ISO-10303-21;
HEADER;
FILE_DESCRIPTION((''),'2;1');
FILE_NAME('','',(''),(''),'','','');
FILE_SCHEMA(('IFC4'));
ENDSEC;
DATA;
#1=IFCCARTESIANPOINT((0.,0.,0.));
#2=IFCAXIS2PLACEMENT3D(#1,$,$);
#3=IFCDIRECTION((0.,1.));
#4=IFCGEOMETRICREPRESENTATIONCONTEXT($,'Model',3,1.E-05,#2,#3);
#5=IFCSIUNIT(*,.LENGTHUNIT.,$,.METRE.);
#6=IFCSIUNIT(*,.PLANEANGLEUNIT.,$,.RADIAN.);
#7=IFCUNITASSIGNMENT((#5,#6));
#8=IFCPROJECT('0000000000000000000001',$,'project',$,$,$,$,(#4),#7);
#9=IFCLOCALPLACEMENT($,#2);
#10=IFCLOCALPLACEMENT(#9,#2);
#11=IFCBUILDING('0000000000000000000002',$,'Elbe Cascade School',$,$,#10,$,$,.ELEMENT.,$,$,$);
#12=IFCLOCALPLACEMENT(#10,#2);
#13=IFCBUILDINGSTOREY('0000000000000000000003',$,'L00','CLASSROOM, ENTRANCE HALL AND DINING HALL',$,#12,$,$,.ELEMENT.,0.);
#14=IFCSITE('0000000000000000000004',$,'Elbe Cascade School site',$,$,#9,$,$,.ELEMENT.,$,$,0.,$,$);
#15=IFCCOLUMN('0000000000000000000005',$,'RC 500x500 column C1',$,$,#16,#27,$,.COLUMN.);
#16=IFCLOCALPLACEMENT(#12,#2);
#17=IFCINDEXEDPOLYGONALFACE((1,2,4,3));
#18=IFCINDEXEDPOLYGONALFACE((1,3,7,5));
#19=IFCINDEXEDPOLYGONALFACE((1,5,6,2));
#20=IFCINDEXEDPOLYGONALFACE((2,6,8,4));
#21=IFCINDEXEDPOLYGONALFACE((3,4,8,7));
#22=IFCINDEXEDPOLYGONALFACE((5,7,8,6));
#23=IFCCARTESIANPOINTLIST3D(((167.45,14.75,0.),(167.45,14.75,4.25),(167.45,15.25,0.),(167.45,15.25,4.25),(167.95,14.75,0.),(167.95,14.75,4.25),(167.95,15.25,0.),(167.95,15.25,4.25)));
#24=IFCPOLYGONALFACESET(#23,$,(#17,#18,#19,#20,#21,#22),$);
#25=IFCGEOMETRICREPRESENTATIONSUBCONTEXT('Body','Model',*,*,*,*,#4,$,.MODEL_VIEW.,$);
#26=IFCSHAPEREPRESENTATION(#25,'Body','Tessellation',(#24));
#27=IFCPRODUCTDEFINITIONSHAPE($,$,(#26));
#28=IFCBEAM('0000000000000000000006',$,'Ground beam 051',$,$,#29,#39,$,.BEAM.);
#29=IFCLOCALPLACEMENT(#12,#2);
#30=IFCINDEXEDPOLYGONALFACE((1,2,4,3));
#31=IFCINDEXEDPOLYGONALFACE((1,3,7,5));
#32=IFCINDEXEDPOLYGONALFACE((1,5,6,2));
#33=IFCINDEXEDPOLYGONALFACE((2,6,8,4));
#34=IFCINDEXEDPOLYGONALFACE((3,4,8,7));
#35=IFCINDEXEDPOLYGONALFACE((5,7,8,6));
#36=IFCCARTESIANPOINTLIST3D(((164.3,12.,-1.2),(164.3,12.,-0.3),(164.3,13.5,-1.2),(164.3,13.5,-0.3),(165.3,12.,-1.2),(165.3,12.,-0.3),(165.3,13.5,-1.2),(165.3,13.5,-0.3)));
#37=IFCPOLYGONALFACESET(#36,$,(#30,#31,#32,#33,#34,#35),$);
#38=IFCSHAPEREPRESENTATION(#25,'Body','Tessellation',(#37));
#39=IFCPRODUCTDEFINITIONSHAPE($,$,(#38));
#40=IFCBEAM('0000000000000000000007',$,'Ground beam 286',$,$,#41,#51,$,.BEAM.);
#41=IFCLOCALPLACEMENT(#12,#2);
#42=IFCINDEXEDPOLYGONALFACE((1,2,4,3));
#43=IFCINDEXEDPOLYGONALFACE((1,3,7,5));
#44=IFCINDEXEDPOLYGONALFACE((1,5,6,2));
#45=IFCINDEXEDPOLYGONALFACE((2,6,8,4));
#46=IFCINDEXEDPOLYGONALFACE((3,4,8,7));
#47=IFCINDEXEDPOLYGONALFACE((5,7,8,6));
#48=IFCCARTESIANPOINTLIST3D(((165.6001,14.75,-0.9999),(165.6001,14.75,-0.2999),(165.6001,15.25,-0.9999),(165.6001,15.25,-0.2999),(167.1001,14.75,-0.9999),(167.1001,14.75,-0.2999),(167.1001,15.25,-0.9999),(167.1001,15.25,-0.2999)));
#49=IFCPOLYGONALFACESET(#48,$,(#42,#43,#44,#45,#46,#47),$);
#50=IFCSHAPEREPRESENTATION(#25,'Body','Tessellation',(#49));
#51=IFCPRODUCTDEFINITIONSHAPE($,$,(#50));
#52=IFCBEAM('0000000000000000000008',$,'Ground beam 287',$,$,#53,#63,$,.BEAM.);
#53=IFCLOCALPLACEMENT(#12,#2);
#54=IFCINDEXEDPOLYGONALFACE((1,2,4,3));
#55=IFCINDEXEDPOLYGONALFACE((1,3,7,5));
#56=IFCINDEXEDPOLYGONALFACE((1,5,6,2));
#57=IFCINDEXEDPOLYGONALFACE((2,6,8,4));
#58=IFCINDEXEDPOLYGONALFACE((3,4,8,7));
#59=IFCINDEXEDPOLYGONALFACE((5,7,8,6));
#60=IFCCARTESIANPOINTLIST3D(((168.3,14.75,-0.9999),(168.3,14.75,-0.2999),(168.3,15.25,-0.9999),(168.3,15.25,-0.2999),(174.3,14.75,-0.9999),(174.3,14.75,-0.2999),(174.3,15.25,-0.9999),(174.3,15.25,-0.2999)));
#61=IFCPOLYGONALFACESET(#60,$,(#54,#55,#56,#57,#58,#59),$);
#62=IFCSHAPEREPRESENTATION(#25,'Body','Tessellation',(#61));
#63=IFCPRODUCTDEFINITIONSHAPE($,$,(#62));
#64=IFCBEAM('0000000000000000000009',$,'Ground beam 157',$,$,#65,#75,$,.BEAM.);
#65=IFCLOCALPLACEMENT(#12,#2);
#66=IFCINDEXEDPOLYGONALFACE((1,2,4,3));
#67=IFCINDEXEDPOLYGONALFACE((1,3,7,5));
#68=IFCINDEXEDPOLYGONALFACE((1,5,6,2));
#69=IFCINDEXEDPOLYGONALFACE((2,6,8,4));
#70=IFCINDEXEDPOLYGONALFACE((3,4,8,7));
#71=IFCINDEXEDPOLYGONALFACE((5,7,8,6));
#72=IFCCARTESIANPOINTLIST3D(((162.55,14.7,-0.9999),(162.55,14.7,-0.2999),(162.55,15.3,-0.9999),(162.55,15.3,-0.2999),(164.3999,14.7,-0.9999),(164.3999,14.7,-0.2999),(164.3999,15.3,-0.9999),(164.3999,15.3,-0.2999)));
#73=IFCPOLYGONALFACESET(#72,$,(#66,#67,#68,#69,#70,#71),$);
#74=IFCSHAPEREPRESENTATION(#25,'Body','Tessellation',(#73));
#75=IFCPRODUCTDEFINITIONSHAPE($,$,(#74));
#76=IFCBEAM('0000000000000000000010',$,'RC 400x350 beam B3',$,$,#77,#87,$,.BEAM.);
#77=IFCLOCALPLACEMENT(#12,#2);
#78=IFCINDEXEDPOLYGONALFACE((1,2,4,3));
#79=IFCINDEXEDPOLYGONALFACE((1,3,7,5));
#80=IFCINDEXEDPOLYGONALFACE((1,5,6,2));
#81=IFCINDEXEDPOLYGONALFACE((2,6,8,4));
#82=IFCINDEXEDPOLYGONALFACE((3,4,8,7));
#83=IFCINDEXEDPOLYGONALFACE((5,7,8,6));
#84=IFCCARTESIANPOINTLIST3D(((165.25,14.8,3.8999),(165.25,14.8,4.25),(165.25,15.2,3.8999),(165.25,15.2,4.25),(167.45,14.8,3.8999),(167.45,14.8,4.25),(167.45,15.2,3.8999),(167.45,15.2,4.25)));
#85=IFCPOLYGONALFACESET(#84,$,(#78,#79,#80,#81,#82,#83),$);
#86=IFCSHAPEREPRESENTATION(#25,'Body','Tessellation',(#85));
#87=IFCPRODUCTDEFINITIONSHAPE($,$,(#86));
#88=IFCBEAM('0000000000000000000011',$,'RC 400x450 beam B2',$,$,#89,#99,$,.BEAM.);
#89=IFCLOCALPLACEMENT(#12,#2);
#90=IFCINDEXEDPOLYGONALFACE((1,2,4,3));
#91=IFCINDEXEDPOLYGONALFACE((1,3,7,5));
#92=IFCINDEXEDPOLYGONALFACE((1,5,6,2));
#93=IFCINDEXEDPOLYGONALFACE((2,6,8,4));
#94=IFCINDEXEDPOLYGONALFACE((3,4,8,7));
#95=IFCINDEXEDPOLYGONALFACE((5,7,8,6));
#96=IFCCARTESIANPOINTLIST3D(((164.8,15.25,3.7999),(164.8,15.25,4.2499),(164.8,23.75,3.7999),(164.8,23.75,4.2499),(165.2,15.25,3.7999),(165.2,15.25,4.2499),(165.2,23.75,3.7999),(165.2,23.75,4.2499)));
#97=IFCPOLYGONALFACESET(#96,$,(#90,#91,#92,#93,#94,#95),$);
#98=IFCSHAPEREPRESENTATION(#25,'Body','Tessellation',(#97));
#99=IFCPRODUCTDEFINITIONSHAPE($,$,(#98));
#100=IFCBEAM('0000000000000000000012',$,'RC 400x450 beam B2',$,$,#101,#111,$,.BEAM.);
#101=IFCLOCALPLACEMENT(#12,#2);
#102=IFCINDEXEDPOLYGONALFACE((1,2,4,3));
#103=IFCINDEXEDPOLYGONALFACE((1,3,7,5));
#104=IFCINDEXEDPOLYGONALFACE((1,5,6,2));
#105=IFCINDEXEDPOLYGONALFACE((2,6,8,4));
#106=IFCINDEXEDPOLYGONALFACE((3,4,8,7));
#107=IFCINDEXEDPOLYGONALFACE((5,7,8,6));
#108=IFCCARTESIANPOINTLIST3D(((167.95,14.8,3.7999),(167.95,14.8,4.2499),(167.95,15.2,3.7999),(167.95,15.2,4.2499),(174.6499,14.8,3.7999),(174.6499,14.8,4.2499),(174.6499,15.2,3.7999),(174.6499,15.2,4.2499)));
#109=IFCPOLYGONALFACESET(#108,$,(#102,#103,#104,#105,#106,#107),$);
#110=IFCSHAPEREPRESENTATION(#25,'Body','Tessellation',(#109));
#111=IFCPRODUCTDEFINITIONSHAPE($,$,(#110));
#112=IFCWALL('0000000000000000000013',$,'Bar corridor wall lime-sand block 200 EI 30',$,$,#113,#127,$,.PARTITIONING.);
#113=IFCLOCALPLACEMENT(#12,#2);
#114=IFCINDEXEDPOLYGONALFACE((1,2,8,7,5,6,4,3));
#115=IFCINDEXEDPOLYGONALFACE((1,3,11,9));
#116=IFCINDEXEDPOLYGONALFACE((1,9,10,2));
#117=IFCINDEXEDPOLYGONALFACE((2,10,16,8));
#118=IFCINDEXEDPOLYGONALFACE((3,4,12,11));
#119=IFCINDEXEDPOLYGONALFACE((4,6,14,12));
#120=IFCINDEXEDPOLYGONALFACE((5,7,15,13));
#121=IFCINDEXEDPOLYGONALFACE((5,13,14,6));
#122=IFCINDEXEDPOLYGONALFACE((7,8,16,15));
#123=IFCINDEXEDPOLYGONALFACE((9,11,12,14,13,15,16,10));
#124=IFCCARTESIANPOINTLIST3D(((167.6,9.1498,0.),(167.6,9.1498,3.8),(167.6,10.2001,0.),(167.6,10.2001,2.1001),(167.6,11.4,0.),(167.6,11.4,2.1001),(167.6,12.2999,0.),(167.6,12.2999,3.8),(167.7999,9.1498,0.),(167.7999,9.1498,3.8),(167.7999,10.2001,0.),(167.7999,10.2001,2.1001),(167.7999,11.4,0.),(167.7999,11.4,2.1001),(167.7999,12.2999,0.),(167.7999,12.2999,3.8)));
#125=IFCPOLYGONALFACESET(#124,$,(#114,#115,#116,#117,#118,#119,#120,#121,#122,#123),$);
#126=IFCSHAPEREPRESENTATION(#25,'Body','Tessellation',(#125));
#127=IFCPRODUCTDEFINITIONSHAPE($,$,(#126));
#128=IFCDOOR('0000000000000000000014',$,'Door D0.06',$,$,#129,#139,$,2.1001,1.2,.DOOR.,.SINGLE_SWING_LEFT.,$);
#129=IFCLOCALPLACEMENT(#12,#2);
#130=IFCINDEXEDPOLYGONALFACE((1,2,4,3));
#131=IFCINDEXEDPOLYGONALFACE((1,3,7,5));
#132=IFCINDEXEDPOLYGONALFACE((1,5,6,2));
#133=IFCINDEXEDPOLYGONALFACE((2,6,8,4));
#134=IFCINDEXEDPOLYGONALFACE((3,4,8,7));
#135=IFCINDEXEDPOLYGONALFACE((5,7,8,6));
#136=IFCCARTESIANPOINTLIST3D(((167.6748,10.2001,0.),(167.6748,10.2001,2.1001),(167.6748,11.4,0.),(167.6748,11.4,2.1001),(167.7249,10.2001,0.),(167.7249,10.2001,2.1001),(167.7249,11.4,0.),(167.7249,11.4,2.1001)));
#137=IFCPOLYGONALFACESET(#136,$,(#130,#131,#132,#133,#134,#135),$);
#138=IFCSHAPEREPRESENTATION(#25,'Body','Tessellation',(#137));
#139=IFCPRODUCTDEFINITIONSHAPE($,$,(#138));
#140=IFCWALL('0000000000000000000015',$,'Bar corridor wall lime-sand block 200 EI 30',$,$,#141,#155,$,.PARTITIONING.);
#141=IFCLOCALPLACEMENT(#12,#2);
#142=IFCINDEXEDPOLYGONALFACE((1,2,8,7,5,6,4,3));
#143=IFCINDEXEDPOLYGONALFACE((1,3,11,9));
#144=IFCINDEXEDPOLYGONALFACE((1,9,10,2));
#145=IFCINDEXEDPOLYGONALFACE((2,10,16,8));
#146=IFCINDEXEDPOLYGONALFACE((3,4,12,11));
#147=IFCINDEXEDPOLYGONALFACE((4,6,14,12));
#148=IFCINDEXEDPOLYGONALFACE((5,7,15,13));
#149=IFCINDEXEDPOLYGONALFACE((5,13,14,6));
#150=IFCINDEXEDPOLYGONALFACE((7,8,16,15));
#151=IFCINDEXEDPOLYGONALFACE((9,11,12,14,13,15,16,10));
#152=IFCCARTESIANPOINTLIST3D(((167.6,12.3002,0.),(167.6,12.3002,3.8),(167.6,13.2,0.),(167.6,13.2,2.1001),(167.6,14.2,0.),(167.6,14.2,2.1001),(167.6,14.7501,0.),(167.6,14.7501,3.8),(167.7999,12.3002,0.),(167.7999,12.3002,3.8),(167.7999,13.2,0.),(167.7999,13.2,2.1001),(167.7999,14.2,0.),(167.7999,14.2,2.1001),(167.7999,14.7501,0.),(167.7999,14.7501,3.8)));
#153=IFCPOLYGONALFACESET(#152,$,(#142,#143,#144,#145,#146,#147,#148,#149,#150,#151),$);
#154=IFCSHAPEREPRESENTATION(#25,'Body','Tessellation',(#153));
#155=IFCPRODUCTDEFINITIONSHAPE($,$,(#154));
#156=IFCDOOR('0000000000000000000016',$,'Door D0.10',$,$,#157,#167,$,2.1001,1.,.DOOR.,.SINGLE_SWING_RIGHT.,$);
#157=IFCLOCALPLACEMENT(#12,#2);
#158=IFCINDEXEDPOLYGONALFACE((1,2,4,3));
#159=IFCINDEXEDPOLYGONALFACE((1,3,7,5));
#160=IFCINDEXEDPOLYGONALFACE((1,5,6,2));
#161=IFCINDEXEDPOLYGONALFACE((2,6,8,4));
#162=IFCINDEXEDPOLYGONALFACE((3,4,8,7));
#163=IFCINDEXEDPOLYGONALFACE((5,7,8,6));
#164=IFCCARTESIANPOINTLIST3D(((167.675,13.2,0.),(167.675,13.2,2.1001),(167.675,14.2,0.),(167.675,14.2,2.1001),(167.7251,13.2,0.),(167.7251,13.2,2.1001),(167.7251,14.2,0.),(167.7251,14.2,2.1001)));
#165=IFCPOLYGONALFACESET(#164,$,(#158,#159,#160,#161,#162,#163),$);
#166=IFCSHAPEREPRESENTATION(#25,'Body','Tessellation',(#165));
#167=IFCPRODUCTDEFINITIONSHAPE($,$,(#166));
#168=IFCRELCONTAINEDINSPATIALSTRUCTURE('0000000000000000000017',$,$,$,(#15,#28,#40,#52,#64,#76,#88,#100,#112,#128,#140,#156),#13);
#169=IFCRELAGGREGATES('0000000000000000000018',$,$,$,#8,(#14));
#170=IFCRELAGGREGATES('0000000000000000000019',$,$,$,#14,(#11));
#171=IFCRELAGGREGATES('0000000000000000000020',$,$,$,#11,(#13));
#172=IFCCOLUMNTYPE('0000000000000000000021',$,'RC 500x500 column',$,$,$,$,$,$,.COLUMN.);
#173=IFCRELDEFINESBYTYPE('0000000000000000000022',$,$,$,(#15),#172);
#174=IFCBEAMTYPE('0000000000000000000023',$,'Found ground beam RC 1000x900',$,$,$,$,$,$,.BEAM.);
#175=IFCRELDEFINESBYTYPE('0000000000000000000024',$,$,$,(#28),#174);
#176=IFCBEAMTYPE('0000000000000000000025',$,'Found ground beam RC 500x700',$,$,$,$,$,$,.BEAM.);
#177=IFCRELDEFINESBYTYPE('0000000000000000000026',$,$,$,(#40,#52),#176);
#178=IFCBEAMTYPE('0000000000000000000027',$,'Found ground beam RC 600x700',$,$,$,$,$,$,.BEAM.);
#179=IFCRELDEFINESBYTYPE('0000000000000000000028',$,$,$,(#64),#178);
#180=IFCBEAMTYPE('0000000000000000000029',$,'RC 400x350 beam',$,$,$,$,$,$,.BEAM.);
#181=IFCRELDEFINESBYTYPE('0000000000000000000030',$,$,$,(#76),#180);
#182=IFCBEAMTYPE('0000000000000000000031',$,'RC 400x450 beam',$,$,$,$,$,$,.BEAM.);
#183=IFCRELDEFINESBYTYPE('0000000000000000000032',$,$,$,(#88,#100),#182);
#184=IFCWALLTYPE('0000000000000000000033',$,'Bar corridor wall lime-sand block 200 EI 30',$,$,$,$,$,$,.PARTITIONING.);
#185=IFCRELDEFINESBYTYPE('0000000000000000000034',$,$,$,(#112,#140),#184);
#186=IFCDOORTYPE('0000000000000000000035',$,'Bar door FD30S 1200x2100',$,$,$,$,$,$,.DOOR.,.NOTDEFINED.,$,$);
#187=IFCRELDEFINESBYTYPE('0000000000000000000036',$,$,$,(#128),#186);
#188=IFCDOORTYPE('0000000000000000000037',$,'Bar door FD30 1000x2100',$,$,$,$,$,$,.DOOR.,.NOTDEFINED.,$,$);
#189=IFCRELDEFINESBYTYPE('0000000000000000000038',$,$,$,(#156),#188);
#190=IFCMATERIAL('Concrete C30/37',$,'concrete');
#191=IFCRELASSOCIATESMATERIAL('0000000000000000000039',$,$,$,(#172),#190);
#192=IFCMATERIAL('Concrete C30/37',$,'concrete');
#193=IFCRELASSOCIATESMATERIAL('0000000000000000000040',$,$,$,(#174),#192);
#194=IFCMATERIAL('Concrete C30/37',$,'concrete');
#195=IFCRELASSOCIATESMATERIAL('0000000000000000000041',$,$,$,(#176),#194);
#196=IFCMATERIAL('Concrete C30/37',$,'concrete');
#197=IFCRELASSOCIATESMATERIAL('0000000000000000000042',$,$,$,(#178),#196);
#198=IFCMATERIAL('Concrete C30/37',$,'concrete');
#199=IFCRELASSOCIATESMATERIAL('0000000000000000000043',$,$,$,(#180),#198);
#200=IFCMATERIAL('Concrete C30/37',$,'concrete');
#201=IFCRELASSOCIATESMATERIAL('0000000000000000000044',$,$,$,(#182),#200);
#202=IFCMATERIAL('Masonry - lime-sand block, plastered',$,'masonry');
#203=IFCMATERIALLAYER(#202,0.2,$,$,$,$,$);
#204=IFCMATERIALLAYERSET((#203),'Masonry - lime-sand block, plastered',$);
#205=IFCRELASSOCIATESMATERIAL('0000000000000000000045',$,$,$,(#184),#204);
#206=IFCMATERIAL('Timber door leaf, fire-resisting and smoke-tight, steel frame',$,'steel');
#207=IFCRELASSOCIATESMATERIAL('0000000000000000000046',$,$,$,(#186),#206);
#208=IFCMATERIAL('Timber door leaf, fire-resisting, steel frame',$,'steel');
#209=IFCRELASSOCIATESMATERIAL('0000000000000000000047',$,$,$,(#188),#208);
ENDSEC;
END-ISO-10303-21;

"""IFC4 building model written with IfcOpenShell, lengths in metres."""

from ifc_helpers import new_model, si_unit, direction, frame, frame_2d, origin, origin_2d, place, context, subcontext, project, spatial, rectangle, extrude, material, layer, layer_set, material_profile, profile_set, type_object, element, fill, save


model = new_model("IFC4")

# Units and contexts
model_context = context("Model", 3, precision=1e-05, world=origin(), true_north=direction((0.0, 1.0)))
body_context = subcontext(model_context, "Body", "Model", "MODEL_VIEW")
ifc_project = project(units=[si_unit("LENGTHUNIT", "METRE"), si_unit("PLANEANGLEUNIT", "RADIAN")], contexts=[model_context])

# Site, building, storey
site_placement = place(None, origin())
site = spatial("IfcSite", under=ifc_project, at=site_placement, Name="Elbe Cascade School site", CompositionType="ELEMENT", RefElevation=0.0)
building_placement = place(site_placement, origin())
building = spatial("IfcBuilding", under=site, at=building_placement, Name="Elbe Cascade School", CompositionType="ELEMENT")
storey_placement = place(building_placement, origin())
storey = spatial("IfcBuildingStorey", under=building, at=storey_placement, Name="L00", Description="CLASSROOM, ENTRANCE HALL AND DINING HALL", CompositionType="ELEMENT", Elevation=0.0)

# Column
ifc_material_1 = material(Name="Concrete C30/37", Category="concrete")
ifc_material_profile_1 = material_profile(ifc_material_1, rectangle(XDim=0.5, YDim=0.5, at=origin_2d()), Name="RC 500x500")
ifc_profile_set_1 = profile_set([ifc_material_profile_1], Name="Concrete C30/37")
column_type = type_object("IfcColumnType", Name="RC 500x500 column", PredefinedType="COLUMN", material=ifc_profile_set_1)
for number, where, z_axis, x_axis, name in (
    (1, (167.7, 15.0, 0.0), (0.0, 0.0, 1.0), (1.0, 0.0, 0.0), "RC 500x500 column C1"),
):
    element("IfcColumn", number, at=place(storey_placement, frame(where, z_axis=z_axis, x_axis=x_axis)), inside=storey, type_object=column_type, Name=name, PredefinedType="COLUMN", context=body_context, shape_type="SweptSolid", body=[
        extrude(rectangle(XDim=0.5, YDim=0.5, at=origin_2d()), origin(), (0.0, 0.0, 1.0), 4.25),
    ])

# Beams
ifc_material_2 = material(Name="Concrete C30/37", Category="concrete")
ifc_material_profile_2 = material_profile(ifc_material_2, rectangle(XDim=1.0, YDim=0.8999, at=origin_2d()), Name="RC 1000x900")
ifc_profile_set_2 = profile_set([ifc_material_profile_2], Name="Concrete C30/37")
beam_type_1 = type_object("IfcBeamType", Name="Found ground beam RC 1000x900", PredefinedType="BEAM", material=ifc_profile_set_2)
beam_1_placement = place(storey_placement, frame((164.8, 12.0, -0.75), z_axis=(0.0, 1.0, 0.0), x_axis=(-1.0, 0.0, 0.0)))
element("IfcBeam", 2, at=beam_1_placement, inside=storey, type_object=beam_type_1, Name="Ground beam 051", PredefinedType="BEAM", context=body_context, shape_type="SweptSolid", body=[
    extrude(rectangle(XDim=1.0, YDim=0.8999, at=origin_2d()), origin(), (0.0, 0.0, 1.0), 1.5),
])
ifc_material_3 = material(Name="Concrete C30/37", Category="concrete")
ifc_material_profile_3 = material_profile(ifc_material_3, rectangle(XDim=0.5, YDim=0.7, at=origin_2d()), Name="RC 500x700")
ifc_profile_set_3 = profile_set([ifc_material_profile_3], Name="Concrete C30/37")
beam_type_2 = type_object("IfcBeamType", Name="Found ground beam RC 500x700", PredefinedType="BEAM", material=ifc_profile_set_3)
beam_2_placement = place(storey_placement, frame((165.6001, 15.0, -0.6499), z_axis=(1.0, 0.0, 0.0), x_axis=(0.0, 1.0, 0.0)))
element("IfcBeam", 3, at=beam_2_placement, inside=storey, type_object=beam_type_2, Name="Ground beam 286", PredefinedType="BEAM", context=body_context, shape_type="SweptSolid", body=[
    extrude(rectangle(XDim=0.5, YDim=0.7, at=origin_2d()), origin(), (0.0, 0.0, 1.0), 1.5),
])
beam_3_placement = place(storey_placement, frame((168.3, 15.0, -0.6499), z_axis=(1.0, 0.0, 0.0), x_axis=(0.0, 1.0, 0.0)))
element("IfcBeam", 4, at=beam_3_placement, inside=storey, type_object=beam_type_2, Name="Ground beam 287", PredefinedType="BEAM", context=body_context, shape_type="SweptSolid", body=[
    extrude(rectangle(XDim=0.5, YDim=0.7, at=origin_2d()), origin(), (0.0, 0.0, 1.0), 6.0),
])
ifc_material_4 = material(Name="Concrete C30/37", Category="concrete")
ifc_material_profile_4 = material_profile(ifc_material_4, rectangle(XDim=0.6001, YDim=0.7, at=origin_2d()), Name="RC 600x700")
ifc_profile_set_4 = profile_set([ifc_material_profile_4], Name="Concrete C30/37")
beam_type_3 = type_object("IfcBeamType", Name="Found ground beam RC 600x700", PredefinedType="BEAM", material=ifc_profile_set_4)
beam_4_placement = place(storey_placement, frame((162.55, 15.0, -0.6499), z_axis=(1.0, 0.0, 0.0), x_axis=(0.0, 1.0, 0.0)))
element("IfcBeam", 5, at=beam_4_placement, inside=storey, type_object=beam_type_3, Name="Ground beam 157", PredefinedType="BEAM", context=body_context, shape_type="SweptSolid", body=[
    extrude(rectangle(XDim=0.6001, YDim=0.7, at=origin_2d()), origin(), (0.0, 0.0, 1.0), 1.8499),
])
ifc_material_5 = material(Name="Concrete C30/37", Category="concrete")
ifc_material_profile_5 = material_profile(ifc_material_5, rectangle(XDim=0.3999, YDim=0.3501, at=origin_2d()), Name="RC 400x350")
ifc_profile_set_5 = profile_set([ifc_material_profile_5], Name="Concrete C30/37")
beam_type_4 = type_object("IfcBeamType", Name="RC 400x350 beam", PredefinedType="BEAM", material=ifc_profile_set_5)
beam_5_placement = place(storey_placement, frame((165.25, 15.0, 4.075), z_axis=(1.0, 0.0, 0.0), x_axis=(0.0, 1.0, 0.0)))
element("IfcBeam", 6, at=beam_5_placement, inside=storey, type_object=beam_type_4, Name="RC 400x350 beam B3", PredefinedType="BEAM", context=body_context, shape_type="SweptSolid", body=[
    extrude(rectangle(XDim=0.3999, YDim=0.3501, at=origin_2d()), origin(), (0.0, 0.0, 1.0), 2.2),
])
ifc_material_6 = material(Name="Concrete C30/37", Category="concrete")
ifc_material_profile_6 = material_profile(ifc_material_6, rectangle(XDim=0.3999, YDim=0.45, at=origin_2d()), Name="RC 400x450")
ifc_profile_set_6 = profile_set([ifc_material_profile_6], Name="Concrete C30/37")
beam_type_5 = type_object("IfcBeamType", Name="RC 400x450 beam", PredefinedType="BEAM", material=ifc_profile_set_6)
beam_6_placement = place(storey_placement, frame((165.0, 15.25, 4.0249), z_axis=(0.0, 1.0, 0.0), x_axis=(-1.0, 0.0, 0.0)))
element("IfcBeam", 7, at=beam_6_placement, inside=storey, type_object=beam_type_5, Name="RC 400x450 beam B2", PredefinedType="BEAM", context=body_context, shape_type="SweptSolid", body=[
    extrude(rectangle(XDim=0.3999, YDim=0.45, at=origin_2d()), origin(), (0.0, 0.0, 1.0), 8.5),
])
beam_7_placement = place(storey_placement, frame((167.95, 15.0, 4.0249), z_axis=(1.0, 0.0, 0.0), x_axis=(0.0, 1.0, 0.0)))
element("IfcBeam", 8, at=beam_7_placement, inside=storey, type_object=beam_type_5, Name="RC 400x450 beam B2", PredefinedType="BEAM", context=body_context, shape_type="SweptSolid", body=[
    extrude(rectangle(XDim=0.3999, YDim=0.45, at=origin_2d()), origin(), (0.0, 0.0, 1.0), 6.7),
])

# Walls, openings, doors
ifc_material_7 = material(Name="Masonry - lime-sand block, plastered", Category="masonry")
ifc_layer_1 = layer(ifc_material_7, 0.2)
ifc_layer_set_1 = layer_set([ifc_layer_1], Name="Masonry - lime-sand block, plastered")
wall_type_1 = type_object("IfcWallType", Name="Bar corridor wall lime-sand block 200 EI 30", PredefinedType="PARTITIONING", material=ifc_layer_set_1)
wall_1_placement = place(storey_placement, frame((167.7, 12.3, 0.0), z_axis=(0.0, 0.0, 1.0), x_axis=(0.0, -1.0, 0.0)))
wall_1 = element("IfcWall", 9, at=wall_1_placement, inside=storey, type_object=wall_type_1, Name="Bar corridor wall lime-sand block 200 EI 30", PredefinedType="PARTITIONING", context=body_context, shape_type="SweptSolid", body=[
    extrude(rectangle(XDim=3.1501, YDim=0.2, at=frame_2d((1.5752, 0.0))), origin(), (0.0, 0.0, 1.0), 3.8),
])
opening_1_placement = place(wall_1_placement, frame((0.8999, 0.0, 0.0)))
opening_1 = element("IfcOpeningElement", 10, at=opening_1_placement, cuts=wall_1, PredefinedType="OPENING", context=body_context, shape_type="SweptSolid", body=[
    extrude(rectangle(XDim=1.2, YDim=2.1001, at=frame_2d((0.6001, 1.05))), frame((0.0, 0.1099, 0.0), z_axis=(0.0, -1.0, 0.0), x_axis=(1.0, 0.0, 0.0)), (0.0, 0.0, 1.0), 0.22),
])
ifc_material_8 = material(Name="Timber door leaf, fire-resisting and smoke-tight, steel frame", Category="steel")
door_type_1 = type_object("IfcDoorType", Name="Bar door FD30S 1200x2100", OperationType="NOTDEFINED", PredefinedType="DOOR", material=ifc_material_8)
door_1_placement = place(opening_1_placement, origin())
door_1 = element("IfcDoor", 11, at=door_1_placement, inside=storey, type_object=door_type_1, Name="Door D0.06", OperationType="SINGLE_SWING_LEFT", OverallHeight=2.1001, OverallWidth=1.2, PredefinedType="DOOR", context=body_context, shape_type="SweptSolid", body=[
    extrude(rectangle(XDim=1.2, YDim=2.1001, at=frame_2d((0.6001, 1.05))), frame((0.0, 0.0249, 0.0), z_axis=(0.0, -1.0, 0.0), x_axis=(1.0, 0.0, 0.0)), (0.0, 0.0, 1.0), 0.05),
])
fill(opening_1, door_1)
wall_2_placement = place(storey_placement, frame((167.7, 12.3, 0.0), z_axis=(0.0, 0.0, 1.0), x_axis=(0.0, 1.0, 0.0)))
wall_2 = element("IfcWall", 12, at=wall_2_placement, inside=storey, type_object=wall_type_1, Name="Bar corridor wall lime-sand block 200 EI 30", PredefinedType="PARTITIONING", context=body_context, shape_type="SweptSolid", body=[
    extrude(rectangle(XDim=2.45, YDim=0.2, at=frame_2d((1.2251, 0.0))), origin(), (0.0, 0.0, 1.0), 3.8),
])
opening_2_placement = place(wall_2_placement, frame((0.8999, 0.0, 0.0)))
opening_2 = element("IfcOpeningElement", 13, at=opening_2_placement, cuts=wall_2, PredefinedType="OPENING", context=body_context, shape_type="SweptSolid", body=[
    extrude(rectangle(XDim=1.0, YDim=2.1001, at=frame_2d((0.5, 1.05))), frame((0.0, 0.1099, 0.0), z_axis=(0.0, -1.0, 0.0), x_axis=(1.0, 0.0, 0.0)), (0.0, 0.0, 1.0), 0.22),
])
ifc_material_9 = material(Name="Timber door leaf, fire-resisting, steel frame", Category="steel")
door_type_2 = type_object("IfcDoorType", Name="Bar door FD30 1000x2100", OperationType="NOTDEFINED", PredefinedType="DOOR", material=ifc_material_9)
door_2_placement = place(opening_2_placement, origin())
door_2 = element("IfcDoor", 14, at=door_2_placement, inside=storey, type_object=door_type_2, Name="Door D0.10", OperationType="SINGLE_SWING_RIGHT", OverallHeight=2.1001, OverallWidth=1.0, PredefinedType="DOOR", context=body_context, shape_type="SweptSolid", body=[
    extrude(rectangle(XDim=1.0, YDim=2.1001, at=frame_2d((0.5, 1.05))), frame((0.0, 0.0249, 0.0), z_axis=(0.0, -1.0, 0.0), x_axis=(1.0, 0.0, 0.0)), (0.0, 0.0, 1.0), 0.05),
])
fill(opening_2, door_2)

save(model, "model.ifc")
